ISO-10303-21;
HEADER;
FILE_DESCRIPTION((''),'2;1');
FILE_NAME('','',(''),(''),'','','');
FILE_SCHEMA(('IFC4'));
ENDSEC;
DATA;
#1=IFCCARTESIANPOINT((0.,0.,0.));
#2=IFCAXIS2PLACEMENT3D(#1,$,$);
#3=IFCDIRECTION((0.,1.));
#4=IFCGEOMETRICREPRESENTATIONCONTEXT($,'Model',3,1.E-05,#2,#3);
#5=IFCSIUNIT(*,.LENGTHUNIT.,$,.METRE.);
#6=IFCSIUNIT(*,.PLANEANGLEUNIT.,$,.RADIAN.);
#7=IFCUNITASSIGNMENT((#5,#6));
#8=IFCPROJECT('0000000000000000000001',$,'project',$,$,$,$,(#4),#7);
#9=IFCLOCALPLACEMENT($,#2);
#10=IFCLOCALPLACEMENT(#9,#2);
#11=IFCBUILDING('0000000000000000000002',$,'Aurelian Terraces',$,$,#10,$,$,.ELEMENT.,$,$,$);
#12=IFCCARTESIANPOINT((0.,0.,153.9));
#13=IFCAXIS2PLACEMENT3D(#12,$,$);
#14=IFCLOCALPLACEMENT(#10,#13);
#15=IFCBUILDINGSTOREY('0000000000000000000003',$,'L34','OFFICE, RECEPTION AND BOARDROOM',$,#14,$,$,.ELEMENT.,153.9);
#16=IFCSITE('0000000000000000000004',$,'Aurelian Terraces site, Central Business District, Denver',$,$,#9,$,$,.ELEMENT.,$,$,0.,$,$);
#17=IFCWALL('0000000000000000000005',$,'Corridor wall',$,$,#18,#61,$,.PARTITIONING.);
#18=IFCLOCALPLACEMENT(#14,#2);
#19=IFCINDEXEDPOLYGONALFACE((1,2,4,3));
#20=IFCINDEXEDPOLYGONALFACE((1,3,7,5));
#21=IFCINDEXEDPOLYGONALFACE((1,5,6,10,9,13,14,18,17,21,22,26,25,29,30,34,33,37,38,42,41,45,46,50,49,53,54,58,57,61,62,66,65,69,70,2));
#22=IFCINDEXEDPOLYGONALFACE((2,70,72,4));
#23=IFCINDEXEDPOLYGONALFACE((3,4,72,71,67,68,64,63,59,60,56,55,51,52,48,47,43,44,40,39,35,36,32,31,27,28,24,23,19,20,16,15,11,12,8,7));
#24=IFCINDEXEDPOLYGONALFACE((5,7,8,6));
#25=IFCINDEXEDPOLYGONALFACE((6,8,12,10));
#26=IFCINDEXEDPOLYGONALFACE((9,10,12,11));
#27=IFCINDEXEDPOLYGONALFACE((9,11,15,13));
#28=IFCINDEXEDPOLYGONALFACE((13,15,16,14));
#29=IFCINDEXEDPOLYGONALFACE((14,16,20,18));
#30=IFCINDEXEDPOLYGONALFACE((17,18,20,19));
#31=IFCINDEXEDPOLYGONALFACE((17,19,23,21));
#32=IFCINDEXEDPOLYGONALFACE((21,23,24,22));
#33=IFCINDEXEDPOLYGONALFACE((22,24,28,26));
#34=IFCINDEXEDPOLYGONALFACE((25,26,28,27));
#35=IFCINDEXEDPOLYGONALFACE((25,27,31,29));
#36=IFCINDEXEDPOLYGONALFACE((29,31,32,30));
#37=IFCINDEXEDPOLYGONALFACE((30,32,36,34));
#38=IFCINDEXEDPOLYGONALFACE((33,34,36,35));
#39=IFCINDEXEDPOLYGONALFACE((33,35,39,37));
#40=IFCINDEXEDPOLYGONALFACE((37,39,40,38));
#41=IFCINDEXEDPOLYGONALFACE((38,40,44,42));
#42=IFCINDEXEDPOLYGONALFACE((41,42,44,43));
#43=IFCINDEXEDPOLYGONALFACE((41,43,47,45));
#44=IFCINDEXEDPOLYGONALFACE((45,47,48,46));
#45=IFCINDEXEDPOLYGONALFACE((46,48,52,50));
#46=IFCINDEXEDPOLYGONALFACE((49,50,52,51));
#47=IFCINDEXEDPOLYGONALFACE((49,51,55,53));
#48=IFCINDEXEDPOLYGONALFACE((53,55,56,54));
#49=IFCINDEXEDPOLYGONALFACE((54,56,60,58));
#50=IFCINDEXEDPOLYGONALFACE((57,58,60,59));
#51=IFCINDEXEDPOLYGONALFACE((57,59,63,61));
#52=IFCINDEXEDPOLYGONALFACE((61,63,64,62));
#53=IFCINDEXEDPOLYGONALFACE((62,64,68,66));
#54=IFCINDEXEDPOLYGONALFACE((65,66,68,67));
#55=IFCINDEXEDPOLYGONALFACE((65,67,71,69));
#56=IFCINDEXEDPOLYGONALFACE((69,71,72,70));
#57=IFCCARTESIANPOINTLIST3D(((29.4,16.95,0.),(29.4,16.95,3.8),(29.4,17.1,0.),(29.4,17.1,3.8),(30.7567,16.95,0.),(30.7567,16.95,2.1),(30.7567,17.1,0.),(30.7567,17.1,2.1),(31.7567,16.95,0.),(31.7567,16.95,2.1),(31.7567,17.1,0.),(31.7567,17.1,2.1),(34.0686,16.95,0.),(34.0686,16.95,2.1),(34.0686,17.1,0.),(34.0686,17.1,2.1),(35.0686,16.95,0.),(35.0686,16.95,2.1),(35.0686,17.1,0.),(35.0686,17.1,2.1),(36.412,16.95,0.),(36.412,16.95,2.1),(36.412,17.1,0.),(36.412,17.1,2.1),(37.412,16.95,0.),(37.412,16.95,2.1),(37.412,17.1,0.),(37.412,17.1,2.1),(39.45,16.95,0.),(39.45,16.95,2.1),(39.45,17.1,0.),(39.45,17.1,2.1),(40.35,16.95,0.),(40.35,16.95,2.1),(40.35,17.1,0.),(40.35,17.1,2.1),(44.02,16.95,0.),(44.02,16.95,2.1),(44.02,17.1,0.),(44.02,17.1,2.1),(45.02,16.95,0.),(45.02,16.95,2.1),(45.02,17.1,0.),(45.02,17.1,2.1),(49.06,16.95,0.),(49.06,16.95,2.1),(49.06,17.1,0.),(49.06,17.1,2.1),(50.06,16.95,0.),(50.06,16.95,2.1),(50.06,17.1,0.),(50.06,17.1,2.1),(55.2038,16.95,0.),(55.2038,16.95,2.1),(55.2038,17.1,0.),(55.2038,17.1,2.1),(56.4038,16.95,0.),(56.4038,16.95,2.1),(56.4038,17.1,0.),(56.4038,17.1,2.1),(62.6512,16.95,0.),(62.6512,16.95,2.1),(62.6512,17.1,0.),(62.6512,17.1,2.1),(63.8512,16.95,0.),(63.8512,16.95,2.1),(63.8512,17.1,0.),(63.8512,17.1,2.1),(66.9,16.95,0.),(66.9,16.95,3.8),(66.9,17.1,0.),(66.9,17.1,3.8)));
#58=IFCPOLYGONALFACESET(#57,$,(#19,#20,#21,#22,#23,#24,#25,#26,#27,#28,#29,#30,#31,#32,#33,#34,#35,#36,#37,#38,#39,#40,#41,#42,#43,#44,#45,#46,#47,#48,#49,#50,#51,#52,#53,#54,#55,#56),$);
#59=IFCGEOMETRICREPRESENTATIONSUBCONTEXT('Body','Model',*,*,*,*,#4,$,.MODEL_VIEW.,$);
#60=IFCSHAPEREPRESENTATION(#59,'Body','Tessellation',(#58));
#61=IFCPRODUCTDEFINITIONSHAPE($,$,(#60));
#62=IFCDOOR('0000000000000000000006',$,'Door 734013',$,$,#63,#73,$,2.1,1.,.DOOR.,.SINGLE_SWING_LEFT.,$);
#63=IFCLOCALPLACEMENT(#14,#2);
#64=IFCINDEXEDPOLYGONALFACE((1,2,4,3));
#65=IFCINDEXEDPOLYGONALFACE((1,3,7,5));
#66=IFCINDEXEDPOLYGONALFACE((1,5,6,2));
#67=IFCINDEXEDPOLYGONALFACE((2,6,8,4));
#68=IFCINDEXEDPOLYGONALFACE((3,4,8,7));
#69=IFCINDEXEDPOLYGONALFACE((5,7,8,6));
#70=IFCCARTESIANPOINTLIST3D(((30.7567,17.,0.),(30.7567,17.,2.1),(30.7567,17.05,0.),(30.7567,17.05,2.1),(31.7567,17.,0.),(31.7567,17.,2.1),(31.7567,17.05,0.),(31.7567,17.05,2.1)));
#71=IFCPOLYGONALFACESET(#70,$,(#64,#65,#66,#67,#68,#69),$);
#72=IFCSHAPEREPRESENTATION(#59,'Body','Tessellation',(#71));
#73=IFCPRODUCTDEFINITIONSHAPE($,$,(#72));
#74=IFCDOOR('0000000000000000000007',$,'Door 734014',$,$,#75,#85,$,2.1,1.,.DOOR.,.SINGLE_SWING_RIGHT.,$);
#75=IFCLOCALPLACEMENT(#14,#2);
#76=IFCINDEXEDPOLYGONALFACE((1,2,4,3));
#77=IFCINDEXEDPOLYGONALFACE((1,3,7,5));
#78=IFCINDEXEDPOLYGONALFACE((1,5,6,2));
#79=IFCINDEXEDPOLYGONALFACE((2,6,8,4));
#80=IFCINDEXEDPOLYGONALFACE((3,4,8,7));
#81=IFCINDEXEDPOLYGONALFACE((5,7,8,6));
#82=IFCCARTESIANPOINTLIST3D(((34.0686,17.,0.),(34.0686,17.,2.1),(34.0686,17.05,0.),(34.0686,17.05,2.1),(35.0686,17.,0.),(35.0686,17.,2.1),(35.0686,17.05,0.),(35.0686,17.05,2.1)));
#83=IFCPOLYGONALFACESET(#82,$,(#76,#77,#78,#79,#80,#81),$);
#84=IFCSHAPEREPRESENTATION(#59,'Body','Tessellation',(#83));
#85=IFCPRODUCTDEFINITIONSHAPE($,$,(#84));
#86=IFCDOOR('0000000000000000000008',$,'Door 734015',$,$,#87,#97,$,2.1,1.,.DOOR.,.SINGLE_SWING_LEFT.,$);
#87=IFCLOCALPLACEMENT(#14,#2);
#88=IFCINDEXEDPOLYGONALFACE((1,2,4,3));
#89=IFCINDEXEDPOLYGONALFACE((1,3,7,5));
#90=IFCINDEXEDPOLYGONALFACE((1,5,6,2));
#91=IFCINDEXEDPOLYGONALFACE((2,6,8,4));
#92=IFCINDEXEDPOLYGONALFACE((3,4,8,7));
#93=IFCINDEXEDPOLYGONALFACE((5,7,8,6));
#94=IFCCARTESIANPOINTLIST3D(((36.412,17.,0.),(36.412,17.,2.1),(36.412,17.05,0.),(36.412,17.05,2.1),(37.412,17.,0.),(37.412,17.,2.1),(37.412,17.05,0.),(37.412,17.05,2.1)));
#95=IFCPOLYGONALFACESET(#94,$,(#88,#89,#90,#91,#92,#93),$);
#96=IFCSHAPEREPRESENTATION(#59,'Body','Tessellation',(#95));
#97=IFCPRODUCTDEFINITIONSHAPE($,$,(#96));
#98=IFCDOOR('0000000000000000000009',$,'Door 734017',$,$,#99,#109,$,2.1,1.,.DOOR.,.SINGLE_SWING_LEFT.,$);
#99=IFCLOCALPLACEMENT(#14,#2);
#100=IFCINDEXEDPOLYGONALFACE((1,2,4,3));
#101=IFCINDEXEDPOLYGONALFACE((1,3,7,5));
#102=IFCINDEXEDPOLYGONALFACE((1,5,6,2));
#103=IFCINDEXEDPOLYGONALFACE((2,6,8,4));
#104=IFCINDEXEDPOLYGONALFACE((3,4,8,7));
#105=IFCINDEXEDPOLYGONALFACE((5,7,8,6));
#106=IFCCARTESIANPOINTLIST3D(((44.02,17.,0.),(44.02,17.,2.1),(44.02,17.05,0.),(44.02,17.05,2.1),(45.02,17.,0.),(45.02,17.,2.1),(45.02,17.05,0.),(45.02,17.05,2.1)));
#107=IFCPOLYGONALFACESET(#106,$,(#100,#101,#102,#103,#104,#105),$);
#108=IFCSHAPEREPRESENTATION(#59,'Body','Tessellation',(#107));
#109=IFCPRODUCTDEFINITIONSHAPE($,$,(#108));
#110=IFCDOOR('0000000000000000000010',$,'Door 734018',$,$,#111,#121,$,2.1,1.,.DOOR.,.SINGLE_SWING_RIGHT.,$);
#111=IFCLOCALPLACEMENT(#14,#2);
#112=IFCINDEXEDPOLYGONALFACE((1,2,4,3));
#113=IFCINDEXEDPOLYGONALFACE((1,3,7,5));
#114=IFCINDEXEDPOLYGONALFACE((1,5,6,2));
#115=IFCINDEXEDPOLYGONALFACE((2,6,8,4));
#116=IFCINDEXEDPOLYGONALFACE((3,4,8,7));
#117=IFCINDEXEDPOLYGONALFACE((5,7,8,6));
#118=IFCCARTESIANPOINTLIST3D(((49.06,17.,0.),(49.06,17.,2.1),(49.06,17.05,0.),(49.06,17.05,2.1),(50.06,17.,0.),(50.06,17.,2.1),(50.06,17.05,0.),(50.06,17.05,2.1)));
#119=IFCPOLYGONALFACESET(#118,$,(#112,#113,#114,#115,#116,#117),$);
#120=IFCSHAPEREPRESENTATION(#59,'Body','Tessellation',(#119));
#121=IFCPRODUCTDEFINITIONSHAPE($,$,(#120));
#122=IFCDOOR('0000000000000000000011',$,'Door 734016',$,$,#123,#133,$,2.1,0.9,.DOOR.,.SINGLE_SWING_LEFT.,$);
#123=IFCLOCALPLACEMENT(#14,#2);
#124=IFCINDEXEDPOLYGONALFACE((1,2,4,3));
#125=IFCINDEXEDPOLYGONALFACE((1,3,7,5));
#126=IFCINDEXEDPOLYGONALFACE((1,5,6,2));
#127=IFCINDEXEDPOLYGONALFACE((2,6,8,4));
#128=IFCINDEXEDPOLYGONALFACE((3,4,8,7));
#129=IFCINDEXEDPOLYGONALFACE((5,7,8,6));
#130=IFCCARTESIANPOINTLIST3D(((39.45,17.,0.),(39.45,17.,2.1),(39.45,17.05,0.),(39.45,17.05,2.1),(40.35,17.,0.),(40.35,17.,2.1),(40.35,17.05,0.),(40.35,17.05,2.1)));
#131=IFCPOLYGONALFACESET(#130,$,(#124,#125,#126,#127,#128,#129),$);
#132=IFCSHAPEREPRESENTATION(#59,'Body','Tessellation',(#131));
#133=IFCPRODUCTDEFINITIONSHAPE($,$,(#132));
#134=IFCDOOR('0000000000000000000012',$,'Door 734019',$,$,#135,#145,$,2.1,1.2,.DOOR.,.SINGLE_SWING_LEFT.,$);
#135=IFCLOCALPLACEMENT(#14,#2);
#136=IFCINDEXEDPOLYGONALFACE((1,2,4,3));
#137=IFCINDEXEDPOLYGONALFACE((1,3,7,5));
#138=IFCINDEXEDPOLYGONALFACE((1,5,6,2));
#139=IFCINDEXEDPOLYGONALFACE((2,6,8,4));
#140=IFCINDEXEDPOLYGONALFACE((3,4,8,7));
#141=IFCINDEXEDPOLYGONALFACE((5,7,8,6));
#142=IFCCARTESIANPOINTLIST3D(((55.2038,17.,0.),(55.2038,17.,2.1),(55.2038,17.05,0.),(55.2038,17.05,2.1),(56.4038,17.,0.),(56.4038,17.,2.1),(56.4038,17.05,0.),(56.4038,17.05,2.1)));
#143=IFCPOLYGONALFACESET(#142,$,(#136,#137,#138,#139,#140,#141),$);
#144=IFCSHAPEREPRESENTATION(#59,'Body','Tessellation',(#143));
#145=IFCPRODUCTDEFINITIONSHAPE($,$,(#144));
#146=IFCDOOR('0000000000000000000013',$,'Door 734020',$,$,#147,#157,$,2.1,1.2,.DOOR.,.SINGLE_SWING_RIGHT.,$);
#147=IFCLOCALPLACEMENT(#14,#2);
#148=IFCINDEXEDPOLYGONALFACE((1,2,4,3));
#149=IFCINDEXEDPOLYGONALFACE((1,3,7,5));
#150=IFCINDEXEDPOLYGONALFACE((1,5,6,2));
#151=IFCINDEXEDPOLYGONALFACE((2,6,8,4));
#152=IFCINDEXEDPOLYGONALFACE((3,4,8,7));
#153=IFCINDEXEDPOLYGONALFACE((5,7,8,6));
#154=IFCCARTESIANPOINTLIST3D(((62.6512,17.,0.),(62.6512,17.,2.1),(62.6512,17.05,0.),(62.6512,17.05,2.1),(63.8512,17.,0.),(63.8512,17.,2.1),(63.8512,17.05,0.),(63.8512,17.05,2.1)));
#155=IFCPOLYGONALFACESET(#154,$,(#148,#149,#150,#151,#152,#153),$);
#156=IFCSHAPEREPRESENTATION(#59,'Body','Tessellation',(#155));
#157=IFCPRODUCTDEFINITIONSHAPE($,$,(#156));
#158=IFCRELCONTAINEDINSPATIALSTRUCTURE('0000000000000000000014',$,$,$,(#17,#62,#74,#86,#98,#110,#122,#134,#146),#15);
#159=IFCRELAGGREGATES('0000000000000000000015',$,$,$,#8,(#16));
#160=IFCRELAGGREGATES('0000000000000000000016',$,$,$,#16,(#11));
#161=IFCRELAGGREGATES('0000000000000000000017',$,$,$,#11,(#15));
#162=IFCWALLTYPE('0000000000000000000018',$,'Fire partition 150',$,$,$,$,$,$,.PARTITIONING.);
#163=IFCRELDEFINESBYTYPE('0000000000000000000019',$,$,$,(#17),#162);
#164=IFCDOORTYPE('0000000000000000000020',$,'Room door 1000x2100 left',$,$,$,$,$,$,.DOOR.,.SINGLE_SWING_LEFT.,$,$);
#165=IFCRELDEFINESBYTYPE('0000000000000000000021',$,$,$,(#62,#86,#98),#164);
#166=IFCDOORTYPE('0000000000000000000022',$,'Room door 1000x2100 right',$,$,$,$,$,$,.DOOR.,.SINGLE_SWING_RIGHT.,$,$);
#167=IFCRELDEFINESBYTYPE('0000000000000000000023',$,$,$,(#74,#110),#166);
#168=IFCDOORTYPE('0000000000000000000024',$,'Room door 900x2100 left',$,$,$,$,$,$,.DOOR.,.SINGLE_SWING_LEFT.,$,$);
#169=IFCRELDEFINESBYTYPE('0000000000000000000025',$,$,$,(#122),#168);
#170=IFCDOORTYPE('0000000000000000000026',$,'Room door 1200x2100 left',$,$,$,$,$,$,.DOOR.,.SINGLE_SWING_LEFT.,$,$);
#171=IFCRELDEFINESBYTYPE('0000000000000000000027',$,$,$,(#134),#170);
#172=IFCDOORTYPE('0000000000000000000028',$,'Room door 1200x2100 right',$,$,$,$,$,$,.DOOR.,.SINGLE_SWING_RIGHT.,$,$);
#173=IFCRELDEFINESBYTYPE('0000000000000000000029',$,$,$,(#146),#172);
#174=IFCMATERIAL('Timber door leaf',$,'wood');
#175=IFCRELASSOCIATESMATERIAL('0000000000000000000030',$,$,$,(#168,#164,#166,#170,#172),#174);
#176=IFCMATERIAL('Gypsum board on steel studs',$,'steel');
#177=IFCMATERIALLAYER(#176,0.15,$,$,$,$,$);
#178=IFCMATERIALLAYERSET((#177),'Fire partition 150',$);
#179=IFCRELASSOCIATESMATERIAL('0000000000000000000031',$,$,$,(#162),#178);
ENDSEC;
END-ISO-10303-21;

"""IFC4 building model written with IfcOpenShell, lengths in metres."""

from ifc_helpers import new_model, si_unit, direction, frame, frame_2d, origin, place, context, subcontext, project, spatial, rectangle, extrude, source, transform, mapped, material, layer, layer_set, type_object, element, fill, save


model = new_model("IFC4")

# Units and contexts
model_context = context("Model", 3, precision=1e-05, world=origin(), true_north=direction((0.0, 1.0)))
body_context = subcontext(model_context, "Body", "Model", "MODEL_VIEW")
ifc_project = project(units=[si_unit("LENGTHUNIT", "METRE"), si_unit("PLANEANGLEUNIT", "RADIAN")], contexts=[model_context])

# Site, building, storey
site_placement = place(None, origin())
site = spatial("IfcSite", under=ifc_project, at=site_placement, Name="Aurelian Terraces site, Central Business District, Denver", CompositionType="ELEMENT", RefElevation=0.0)
building_placement = place(site_placement, origin())
building = spatial("IfcBuilding", under=site, at=building_placement, Name="Aurelian Terraces", CompositionType="ELEMENT")
storey_placement = place(building_placement, frame((0.0, 0.0, 153.9)))
storey = spatial("IfcBuildingStorey", under=building, at=storey_placement, Name="L34", Description="OFFICE, RECEPTION AND BOARDROOM", CompositionType="ELEMENT", Elevation=153.9)

# Shared definitions
ifc_material_1 = material(Name="Gypsum board on steel studs", Category="steel")
shared_shape_1 = source(origin(), body_context, "Body", "SweptSolid", [
    extrude(rectangle(XDim=0.9, YDim=2.1, at=frame_2d((0.45, 1.05))), frame((0.0, 0.085, 0.0), z_axis=(0.0, -1.0, 0.0), x_axis=(1.0, 0.0, 0.0)), (0.0, 0.0, 1.0), 0.17),
])
ifc_material_2 = material(Name="Timber door leaf", Category="wood")
door_type_1 = type_object("IfcDoorType", Name="Room door 900x2100 left", OperationType="SINGLE_SWING_LEFT", PredefinedType="DOOR", material=ifc_material_2)
shared_shape_2 = source(origin(), body_context, "Body", "SweptSolid", [
    extrude(rectangle(XDim=0.9, YDim=2.1, at=frame_2d((0.45, 1.05))), frame((0.0, 0.025, 0.0), z_axis=(0.0, -1.0, 0.0), x_axis=(1.0, 0.0, 0.0)), (0.0, 0.0, 1.0), 0.05),
])

# Wall, openings, doors
ifc_layer_1 = layer(ifc_material_1, 0.15)
ifc_layer_set_1 = layer_set([ifc_layer_1], Name="Fire partition 150")
wall_type_1 = type_object("IfcWallType", Name="Fire partition 150", PredefinedType="PARTITIONING", material=ifc_layer_set_1)
shared_shape_3 = source(origin(), body_context, "Body", "SweptSolid", [
    extrude(rectangle(XDim=37.5, YDim=0.15, at=frame_2d((18.75, 0.0))), origin(), (0.0, 0.0, 1.0), 3.8),
])
wall_1_placement = place(storey_placement, frame((29.4, 17.025, 0.0), z_axis=(0.0, 0.0, 1.0), x_axis=(1.0, 0.0, 0.0)))
wall_1 = element("IfcWall", 1, at=wall_1_placement, inside=storey, type_object=wall_type_1, Name="Corridor wall", PredefinedType="PARTITIONING", context=body_context, shape_type="MappedRepresentation", body=[
    mapped(shared_shape_3, transform((0.0, 0.0, 0.0), scale=1.0)),
])
shared_shape_4 = source(origin(), body_context, "Body", "SweptSolid", [
    extrude(rectangle(XDim=1.0, YDim=2.1, at=frame_2d((0.5, 1.05))), frame((0.0, 0.085, 0.0), z_axis=(0.0, -1.0, 0.0), x_axis=(1.0, 0.0, 0.0)), (0.0, 0.0, 1.0), 0.17),
])
opening_1_placement = place(wall_1_placement, frame((1.3567, 0.0, 0.0)))
opening_1 = element("IfcOpeningElement", 2, at=opening_1_placement, cuts=wall_1, PredefinedType="OPENING", context=body_context, shape_type="MappedRepresentation", body=[
    mapped(shared_shape_4, transform((0.0, 0.0, 0.0), scale=1.0)),
])
opening_2_placement = place(wall_1_placement, frame((4.6686, 0.0, 0.0)))
opening_2 = element("IfcOpeningElement", 3, at=opening_2_placement, cuts=wall_1, PredefinedType="OPENING", context=body_context, shape_type="MappedRepresentation", body=[
    mapped(shared_shape_4, transform((0.0, 0.0, 0.0), scale=1.0)),
])
opening_3_placement = place(wall_1_placement, frame((7.012, 0.0, 0.0)))
opening_3 = element("IfcOpeningElement", 4, at=opening_3_placement, cuts=wall_1, PredefinedType="OPENING", context=body_context, shape_type="MappedRepresentation", body=[
    mapped(shared_shape_4, transform((0.0, 0.0, 0.0), scale=1.0)),
])
opening_4_placement = place(wall_1_placement, frame((10.05, 0.0, 0.0)))
opening_4 = element("IfcOpeningElement", 5, at=opening_4_placement, cuts=wall_1, PredefinedType="OPENING", context=body_context, shape_type="MappedRepresentation", body=[
    mapped(shared_shape_1, transform((0.0, 0.0, 0.0), scale=1.0)),
])
opening_5_placement = place(wall_1_placement, frame((14.62, 0.0, 0.0)))
opening_5 = element("IfcOpeningElement", 6, at=opening_5_placement, cuts=wall_1, PredefinedType="OPENING", context=body_context, shape_type="MappedRepresentation", body=[
    mapped(shared_shape_4, transform((0.0, 0.0, 0.0), scale=1.0)),
])
opening_6_placement = place(wall_1_placement, frame((19.66, 0.0, 0.0)))
opening_6 = element("IfcOpeningElement", 7, at=opening_6_placement, cuts=wall_1, PredefinedType="OPENING", context=body_context, shape_type="MappedRepresentation", body=[
    mapped(shared_shape_4, transform((0.0, 0.0, 0.0), scale=1.0)),
])
shared_shape_5 = source(origin(), body_context, "Body", "SweptSolid", [
    extrude(rectangle(XDim=1.2, YDim=2.1, at=frame_2d((0.6, 1.05))), frame((0.0, 0.085, 0.0), z_axis=(0.0, -1.0, 0.0), x_axis=(1.0, 0.0, 0.0)), (0.0, 0.0, 1.0), 0.17),
])
opening_7_placement = place(wall_1_placement, frame((25.8038, 0.0, 0.0)))
opening_7 = element("IfcOpeningElement", 8, at=opening_7_placement, cuts=wall_1, PredefinedType="OPENING", context=body_context, shape_type="MappedRepresentation", body=[
    mapped(shared_shape_5, transform((0.0, 0.0, 0.0), scale=1.0)),
])
opening_8_placement = place(wall_1_placement, frame((33.2512, 0.0, 0.0)))
opening_8 = element("IfcOpeningElement", 9, at=opening_8_placement, cuts=wall_1, PredefinedType="OPENING", context=body_context, shape_type="MappedRepresentation", body=[
    mapped(shared_shape_5, transform((0.0, 0.0, 0.0), scale=1.0)),
])
door_type_2 = type_object("IfcDoorType", Name="Room door 1000x2100 left", OperationType="SINGLE_SWING_LEFT", PredefinedType="DOOR", material=ifc_material_2)
shared_shape_6 = source(origin(), body_context, "Body", "SweptSolid", [
    extrude(rectangle(XDim=1.0, YDim=2.1, at=frame_2d((0.5, 1.05))), frame((0.0, 0.025, 0.0), z_axis=(0.0, -1.0, 0.0), x_axis=(1.0, 0.0, 0.0)), (0.0, 0.0, 1.0), 0.05),
])
door_1_placement = place(opening_1_placement, origin())
door_1 = element("IfcDoor", 10, at=door_1_placement, inside=storey, type_object=door_type_2, Name="Door 734013", OperationType="SINGLE_SWING_LEFT", OverallHeight=2.1, OverallWidth=1.0, PredefinedType="DOOR", context=body_context, shape_type="MappedRepresentation", body=[
    mapped(shared_shape_6, transform((0.0, 0.0, 0.0), scale=1.0)),
])
fill(opening_1, door_1)
door_type_3 = type_object("IfcDoorType", Name="Room door 1000x2100 right", OperationType="SINGLE_SWING_RIGHT", PredefinedType="DOOR", material=ifc_material_2)
door_2_placement = place(opening_2_placement, origin())
door_2 = element("IfcDoor", 11, at=door_2_placement, inside=storey, type_object=door_type_3, Name="Door 734014", OperationType="SINGLE_SWING_RIGHT", OverallHeight=2.1, OverallWidth=1.0, PredefinedType="DOOR", context=body_context, shape_type="MappedRepresentation", body=[
    mapped(shared_shape_6, transform((0.0, 0.0, 0.0), scale=1.0)),
])
fill(opening_2, door_2)
door_3_placement = place(opening_3_placement, origin())
door_3 = element("IfcDoor", 12, at=door_3_placement, inside=storey, type_object=door_type_2, Name="Door 734015", OperationType="SINGLE_SWING_LEFT", OverallHeight=2.1, OverallWidth=1.0, PredefinedType="DOOR", context=body_context, shape_type="MappedRepresentation", body=[
    mapped(shared_shape_6, transform((0.0, 0.0, 0.0), scale=1.0)),
])
fill(opening_3, door_3)
door_4_placement = place(opening_5_placement, origin())
door_4 = element("IfcDoor", 13, at=door_4_placement, inside=storey, type_object=door_type_2, Name="Door 734017", OperationType="SINGLE_SWING_LEFT", OverallHeight=2.1, OverallWidth=1.0, PredefinedType="DOOR", context=body_context, shape_type="MappedRepresentation", body=[
    mapped(shared_shape_6, transform((0.0, 0.0, 0.0), scale=1.0)),
])
fill(opening_5, door_4)
door_5_placement = place(opening_6_placement, origin())
door_5 = element("IfcDoor", 14, at=door_5_placement, inside=storey, type_object=door_type_3, Name="Door 734018", OperationType="SINGLE_SWING_RIGHT", OverallHeight=2.1, OverallWidth=1.0, PredefinedType="DOOR", context=body_context, shape_type="MappedRepresentation", body=[
    mapped(shared_shape_6, transform((0.0, 0.0, 0.0), scale=1.0)),
])
fill(opening_6, door_5)
door_6_placement = place(opening_4_placement, origin())
door_6 = element("IfcDoor", 15, at=door_6_placement, inside=storey, type_object=door_type_1, Name="Door 734016", OperationType="SINGLE_SWING_LEFT", OverallHeight=2.1, OverallWidth=0.9, PredefinedType="DOOR", context=body_context, shape_type="MappedRepresentation", body=[
    mapped(shared_shape_2, transform((0.0, 0.0, 0.0), scale=1.0)),
])
fill(opening_4, door_6)
door_type_4 = type_object("IfcDoorType", Name="Room door 1200x2100 left", OperationType="SINGLE_SWING_LEFT", PredefinedType="DOOR", material=ifc_material_2)
shared_shape_7 = source(origin(), body_context, "Body", "SweptSolid", [
    extrude(rectangle(XDim=1.2, YDim=2.1, at=frame_2d((0.6, 1.05))), frame((0.0, 0.025, 0.0), z_axis=(0.0, -1.0, 0.0), x_axis=(1.0, 0.0, 0.0)), (0.0, 0.0, 1.0), 0.05),
])
door_7_placement = place(opening_7_placement, origin())
door_7 = element("IfcDoor", 16, at=door_7_placement, inside=storey, type_object=door_type_4, Name="Door 734019", OperationType="SINGLE_SWING_LEFT", OverallHeight=2.1, OverallWidth=1.2, PredefinedType="DOOR", context=body_context, shape_type="MappedRepresentation", body=[
    mapped(shared_shape_7, transform((0.0, 0.0, 0.0), scale=1.0)),
])
fill(opening_7, door_7)
door_type_5 = type_object("IfcDoorType", Name="Room door 1200x2100 right", OperationType="SINGLE_SWING_RIGHT", PredefinedType="DOOR", material=ifc_material_2)
door_8_placement = place(opening_8_placement, origin())
door_8 = element("IfcDoor", 17, at=door_8_placement, inside=storey, type_object=door_type_5, Name="Door 734020", OperationType="SINGLE_SWING_RIGHT", OverallHeight=2.1, OverallWidth=1.2, PredefinedType="DOOR", context=body_context, shape_type="MappedRepresentation", body=[
    mapped(shared_shape_7, transform((0.0, 0.0, 0.0), scale=1.0)),
])
fill(opening_8, door_8)

save(model, "model.ifc")
